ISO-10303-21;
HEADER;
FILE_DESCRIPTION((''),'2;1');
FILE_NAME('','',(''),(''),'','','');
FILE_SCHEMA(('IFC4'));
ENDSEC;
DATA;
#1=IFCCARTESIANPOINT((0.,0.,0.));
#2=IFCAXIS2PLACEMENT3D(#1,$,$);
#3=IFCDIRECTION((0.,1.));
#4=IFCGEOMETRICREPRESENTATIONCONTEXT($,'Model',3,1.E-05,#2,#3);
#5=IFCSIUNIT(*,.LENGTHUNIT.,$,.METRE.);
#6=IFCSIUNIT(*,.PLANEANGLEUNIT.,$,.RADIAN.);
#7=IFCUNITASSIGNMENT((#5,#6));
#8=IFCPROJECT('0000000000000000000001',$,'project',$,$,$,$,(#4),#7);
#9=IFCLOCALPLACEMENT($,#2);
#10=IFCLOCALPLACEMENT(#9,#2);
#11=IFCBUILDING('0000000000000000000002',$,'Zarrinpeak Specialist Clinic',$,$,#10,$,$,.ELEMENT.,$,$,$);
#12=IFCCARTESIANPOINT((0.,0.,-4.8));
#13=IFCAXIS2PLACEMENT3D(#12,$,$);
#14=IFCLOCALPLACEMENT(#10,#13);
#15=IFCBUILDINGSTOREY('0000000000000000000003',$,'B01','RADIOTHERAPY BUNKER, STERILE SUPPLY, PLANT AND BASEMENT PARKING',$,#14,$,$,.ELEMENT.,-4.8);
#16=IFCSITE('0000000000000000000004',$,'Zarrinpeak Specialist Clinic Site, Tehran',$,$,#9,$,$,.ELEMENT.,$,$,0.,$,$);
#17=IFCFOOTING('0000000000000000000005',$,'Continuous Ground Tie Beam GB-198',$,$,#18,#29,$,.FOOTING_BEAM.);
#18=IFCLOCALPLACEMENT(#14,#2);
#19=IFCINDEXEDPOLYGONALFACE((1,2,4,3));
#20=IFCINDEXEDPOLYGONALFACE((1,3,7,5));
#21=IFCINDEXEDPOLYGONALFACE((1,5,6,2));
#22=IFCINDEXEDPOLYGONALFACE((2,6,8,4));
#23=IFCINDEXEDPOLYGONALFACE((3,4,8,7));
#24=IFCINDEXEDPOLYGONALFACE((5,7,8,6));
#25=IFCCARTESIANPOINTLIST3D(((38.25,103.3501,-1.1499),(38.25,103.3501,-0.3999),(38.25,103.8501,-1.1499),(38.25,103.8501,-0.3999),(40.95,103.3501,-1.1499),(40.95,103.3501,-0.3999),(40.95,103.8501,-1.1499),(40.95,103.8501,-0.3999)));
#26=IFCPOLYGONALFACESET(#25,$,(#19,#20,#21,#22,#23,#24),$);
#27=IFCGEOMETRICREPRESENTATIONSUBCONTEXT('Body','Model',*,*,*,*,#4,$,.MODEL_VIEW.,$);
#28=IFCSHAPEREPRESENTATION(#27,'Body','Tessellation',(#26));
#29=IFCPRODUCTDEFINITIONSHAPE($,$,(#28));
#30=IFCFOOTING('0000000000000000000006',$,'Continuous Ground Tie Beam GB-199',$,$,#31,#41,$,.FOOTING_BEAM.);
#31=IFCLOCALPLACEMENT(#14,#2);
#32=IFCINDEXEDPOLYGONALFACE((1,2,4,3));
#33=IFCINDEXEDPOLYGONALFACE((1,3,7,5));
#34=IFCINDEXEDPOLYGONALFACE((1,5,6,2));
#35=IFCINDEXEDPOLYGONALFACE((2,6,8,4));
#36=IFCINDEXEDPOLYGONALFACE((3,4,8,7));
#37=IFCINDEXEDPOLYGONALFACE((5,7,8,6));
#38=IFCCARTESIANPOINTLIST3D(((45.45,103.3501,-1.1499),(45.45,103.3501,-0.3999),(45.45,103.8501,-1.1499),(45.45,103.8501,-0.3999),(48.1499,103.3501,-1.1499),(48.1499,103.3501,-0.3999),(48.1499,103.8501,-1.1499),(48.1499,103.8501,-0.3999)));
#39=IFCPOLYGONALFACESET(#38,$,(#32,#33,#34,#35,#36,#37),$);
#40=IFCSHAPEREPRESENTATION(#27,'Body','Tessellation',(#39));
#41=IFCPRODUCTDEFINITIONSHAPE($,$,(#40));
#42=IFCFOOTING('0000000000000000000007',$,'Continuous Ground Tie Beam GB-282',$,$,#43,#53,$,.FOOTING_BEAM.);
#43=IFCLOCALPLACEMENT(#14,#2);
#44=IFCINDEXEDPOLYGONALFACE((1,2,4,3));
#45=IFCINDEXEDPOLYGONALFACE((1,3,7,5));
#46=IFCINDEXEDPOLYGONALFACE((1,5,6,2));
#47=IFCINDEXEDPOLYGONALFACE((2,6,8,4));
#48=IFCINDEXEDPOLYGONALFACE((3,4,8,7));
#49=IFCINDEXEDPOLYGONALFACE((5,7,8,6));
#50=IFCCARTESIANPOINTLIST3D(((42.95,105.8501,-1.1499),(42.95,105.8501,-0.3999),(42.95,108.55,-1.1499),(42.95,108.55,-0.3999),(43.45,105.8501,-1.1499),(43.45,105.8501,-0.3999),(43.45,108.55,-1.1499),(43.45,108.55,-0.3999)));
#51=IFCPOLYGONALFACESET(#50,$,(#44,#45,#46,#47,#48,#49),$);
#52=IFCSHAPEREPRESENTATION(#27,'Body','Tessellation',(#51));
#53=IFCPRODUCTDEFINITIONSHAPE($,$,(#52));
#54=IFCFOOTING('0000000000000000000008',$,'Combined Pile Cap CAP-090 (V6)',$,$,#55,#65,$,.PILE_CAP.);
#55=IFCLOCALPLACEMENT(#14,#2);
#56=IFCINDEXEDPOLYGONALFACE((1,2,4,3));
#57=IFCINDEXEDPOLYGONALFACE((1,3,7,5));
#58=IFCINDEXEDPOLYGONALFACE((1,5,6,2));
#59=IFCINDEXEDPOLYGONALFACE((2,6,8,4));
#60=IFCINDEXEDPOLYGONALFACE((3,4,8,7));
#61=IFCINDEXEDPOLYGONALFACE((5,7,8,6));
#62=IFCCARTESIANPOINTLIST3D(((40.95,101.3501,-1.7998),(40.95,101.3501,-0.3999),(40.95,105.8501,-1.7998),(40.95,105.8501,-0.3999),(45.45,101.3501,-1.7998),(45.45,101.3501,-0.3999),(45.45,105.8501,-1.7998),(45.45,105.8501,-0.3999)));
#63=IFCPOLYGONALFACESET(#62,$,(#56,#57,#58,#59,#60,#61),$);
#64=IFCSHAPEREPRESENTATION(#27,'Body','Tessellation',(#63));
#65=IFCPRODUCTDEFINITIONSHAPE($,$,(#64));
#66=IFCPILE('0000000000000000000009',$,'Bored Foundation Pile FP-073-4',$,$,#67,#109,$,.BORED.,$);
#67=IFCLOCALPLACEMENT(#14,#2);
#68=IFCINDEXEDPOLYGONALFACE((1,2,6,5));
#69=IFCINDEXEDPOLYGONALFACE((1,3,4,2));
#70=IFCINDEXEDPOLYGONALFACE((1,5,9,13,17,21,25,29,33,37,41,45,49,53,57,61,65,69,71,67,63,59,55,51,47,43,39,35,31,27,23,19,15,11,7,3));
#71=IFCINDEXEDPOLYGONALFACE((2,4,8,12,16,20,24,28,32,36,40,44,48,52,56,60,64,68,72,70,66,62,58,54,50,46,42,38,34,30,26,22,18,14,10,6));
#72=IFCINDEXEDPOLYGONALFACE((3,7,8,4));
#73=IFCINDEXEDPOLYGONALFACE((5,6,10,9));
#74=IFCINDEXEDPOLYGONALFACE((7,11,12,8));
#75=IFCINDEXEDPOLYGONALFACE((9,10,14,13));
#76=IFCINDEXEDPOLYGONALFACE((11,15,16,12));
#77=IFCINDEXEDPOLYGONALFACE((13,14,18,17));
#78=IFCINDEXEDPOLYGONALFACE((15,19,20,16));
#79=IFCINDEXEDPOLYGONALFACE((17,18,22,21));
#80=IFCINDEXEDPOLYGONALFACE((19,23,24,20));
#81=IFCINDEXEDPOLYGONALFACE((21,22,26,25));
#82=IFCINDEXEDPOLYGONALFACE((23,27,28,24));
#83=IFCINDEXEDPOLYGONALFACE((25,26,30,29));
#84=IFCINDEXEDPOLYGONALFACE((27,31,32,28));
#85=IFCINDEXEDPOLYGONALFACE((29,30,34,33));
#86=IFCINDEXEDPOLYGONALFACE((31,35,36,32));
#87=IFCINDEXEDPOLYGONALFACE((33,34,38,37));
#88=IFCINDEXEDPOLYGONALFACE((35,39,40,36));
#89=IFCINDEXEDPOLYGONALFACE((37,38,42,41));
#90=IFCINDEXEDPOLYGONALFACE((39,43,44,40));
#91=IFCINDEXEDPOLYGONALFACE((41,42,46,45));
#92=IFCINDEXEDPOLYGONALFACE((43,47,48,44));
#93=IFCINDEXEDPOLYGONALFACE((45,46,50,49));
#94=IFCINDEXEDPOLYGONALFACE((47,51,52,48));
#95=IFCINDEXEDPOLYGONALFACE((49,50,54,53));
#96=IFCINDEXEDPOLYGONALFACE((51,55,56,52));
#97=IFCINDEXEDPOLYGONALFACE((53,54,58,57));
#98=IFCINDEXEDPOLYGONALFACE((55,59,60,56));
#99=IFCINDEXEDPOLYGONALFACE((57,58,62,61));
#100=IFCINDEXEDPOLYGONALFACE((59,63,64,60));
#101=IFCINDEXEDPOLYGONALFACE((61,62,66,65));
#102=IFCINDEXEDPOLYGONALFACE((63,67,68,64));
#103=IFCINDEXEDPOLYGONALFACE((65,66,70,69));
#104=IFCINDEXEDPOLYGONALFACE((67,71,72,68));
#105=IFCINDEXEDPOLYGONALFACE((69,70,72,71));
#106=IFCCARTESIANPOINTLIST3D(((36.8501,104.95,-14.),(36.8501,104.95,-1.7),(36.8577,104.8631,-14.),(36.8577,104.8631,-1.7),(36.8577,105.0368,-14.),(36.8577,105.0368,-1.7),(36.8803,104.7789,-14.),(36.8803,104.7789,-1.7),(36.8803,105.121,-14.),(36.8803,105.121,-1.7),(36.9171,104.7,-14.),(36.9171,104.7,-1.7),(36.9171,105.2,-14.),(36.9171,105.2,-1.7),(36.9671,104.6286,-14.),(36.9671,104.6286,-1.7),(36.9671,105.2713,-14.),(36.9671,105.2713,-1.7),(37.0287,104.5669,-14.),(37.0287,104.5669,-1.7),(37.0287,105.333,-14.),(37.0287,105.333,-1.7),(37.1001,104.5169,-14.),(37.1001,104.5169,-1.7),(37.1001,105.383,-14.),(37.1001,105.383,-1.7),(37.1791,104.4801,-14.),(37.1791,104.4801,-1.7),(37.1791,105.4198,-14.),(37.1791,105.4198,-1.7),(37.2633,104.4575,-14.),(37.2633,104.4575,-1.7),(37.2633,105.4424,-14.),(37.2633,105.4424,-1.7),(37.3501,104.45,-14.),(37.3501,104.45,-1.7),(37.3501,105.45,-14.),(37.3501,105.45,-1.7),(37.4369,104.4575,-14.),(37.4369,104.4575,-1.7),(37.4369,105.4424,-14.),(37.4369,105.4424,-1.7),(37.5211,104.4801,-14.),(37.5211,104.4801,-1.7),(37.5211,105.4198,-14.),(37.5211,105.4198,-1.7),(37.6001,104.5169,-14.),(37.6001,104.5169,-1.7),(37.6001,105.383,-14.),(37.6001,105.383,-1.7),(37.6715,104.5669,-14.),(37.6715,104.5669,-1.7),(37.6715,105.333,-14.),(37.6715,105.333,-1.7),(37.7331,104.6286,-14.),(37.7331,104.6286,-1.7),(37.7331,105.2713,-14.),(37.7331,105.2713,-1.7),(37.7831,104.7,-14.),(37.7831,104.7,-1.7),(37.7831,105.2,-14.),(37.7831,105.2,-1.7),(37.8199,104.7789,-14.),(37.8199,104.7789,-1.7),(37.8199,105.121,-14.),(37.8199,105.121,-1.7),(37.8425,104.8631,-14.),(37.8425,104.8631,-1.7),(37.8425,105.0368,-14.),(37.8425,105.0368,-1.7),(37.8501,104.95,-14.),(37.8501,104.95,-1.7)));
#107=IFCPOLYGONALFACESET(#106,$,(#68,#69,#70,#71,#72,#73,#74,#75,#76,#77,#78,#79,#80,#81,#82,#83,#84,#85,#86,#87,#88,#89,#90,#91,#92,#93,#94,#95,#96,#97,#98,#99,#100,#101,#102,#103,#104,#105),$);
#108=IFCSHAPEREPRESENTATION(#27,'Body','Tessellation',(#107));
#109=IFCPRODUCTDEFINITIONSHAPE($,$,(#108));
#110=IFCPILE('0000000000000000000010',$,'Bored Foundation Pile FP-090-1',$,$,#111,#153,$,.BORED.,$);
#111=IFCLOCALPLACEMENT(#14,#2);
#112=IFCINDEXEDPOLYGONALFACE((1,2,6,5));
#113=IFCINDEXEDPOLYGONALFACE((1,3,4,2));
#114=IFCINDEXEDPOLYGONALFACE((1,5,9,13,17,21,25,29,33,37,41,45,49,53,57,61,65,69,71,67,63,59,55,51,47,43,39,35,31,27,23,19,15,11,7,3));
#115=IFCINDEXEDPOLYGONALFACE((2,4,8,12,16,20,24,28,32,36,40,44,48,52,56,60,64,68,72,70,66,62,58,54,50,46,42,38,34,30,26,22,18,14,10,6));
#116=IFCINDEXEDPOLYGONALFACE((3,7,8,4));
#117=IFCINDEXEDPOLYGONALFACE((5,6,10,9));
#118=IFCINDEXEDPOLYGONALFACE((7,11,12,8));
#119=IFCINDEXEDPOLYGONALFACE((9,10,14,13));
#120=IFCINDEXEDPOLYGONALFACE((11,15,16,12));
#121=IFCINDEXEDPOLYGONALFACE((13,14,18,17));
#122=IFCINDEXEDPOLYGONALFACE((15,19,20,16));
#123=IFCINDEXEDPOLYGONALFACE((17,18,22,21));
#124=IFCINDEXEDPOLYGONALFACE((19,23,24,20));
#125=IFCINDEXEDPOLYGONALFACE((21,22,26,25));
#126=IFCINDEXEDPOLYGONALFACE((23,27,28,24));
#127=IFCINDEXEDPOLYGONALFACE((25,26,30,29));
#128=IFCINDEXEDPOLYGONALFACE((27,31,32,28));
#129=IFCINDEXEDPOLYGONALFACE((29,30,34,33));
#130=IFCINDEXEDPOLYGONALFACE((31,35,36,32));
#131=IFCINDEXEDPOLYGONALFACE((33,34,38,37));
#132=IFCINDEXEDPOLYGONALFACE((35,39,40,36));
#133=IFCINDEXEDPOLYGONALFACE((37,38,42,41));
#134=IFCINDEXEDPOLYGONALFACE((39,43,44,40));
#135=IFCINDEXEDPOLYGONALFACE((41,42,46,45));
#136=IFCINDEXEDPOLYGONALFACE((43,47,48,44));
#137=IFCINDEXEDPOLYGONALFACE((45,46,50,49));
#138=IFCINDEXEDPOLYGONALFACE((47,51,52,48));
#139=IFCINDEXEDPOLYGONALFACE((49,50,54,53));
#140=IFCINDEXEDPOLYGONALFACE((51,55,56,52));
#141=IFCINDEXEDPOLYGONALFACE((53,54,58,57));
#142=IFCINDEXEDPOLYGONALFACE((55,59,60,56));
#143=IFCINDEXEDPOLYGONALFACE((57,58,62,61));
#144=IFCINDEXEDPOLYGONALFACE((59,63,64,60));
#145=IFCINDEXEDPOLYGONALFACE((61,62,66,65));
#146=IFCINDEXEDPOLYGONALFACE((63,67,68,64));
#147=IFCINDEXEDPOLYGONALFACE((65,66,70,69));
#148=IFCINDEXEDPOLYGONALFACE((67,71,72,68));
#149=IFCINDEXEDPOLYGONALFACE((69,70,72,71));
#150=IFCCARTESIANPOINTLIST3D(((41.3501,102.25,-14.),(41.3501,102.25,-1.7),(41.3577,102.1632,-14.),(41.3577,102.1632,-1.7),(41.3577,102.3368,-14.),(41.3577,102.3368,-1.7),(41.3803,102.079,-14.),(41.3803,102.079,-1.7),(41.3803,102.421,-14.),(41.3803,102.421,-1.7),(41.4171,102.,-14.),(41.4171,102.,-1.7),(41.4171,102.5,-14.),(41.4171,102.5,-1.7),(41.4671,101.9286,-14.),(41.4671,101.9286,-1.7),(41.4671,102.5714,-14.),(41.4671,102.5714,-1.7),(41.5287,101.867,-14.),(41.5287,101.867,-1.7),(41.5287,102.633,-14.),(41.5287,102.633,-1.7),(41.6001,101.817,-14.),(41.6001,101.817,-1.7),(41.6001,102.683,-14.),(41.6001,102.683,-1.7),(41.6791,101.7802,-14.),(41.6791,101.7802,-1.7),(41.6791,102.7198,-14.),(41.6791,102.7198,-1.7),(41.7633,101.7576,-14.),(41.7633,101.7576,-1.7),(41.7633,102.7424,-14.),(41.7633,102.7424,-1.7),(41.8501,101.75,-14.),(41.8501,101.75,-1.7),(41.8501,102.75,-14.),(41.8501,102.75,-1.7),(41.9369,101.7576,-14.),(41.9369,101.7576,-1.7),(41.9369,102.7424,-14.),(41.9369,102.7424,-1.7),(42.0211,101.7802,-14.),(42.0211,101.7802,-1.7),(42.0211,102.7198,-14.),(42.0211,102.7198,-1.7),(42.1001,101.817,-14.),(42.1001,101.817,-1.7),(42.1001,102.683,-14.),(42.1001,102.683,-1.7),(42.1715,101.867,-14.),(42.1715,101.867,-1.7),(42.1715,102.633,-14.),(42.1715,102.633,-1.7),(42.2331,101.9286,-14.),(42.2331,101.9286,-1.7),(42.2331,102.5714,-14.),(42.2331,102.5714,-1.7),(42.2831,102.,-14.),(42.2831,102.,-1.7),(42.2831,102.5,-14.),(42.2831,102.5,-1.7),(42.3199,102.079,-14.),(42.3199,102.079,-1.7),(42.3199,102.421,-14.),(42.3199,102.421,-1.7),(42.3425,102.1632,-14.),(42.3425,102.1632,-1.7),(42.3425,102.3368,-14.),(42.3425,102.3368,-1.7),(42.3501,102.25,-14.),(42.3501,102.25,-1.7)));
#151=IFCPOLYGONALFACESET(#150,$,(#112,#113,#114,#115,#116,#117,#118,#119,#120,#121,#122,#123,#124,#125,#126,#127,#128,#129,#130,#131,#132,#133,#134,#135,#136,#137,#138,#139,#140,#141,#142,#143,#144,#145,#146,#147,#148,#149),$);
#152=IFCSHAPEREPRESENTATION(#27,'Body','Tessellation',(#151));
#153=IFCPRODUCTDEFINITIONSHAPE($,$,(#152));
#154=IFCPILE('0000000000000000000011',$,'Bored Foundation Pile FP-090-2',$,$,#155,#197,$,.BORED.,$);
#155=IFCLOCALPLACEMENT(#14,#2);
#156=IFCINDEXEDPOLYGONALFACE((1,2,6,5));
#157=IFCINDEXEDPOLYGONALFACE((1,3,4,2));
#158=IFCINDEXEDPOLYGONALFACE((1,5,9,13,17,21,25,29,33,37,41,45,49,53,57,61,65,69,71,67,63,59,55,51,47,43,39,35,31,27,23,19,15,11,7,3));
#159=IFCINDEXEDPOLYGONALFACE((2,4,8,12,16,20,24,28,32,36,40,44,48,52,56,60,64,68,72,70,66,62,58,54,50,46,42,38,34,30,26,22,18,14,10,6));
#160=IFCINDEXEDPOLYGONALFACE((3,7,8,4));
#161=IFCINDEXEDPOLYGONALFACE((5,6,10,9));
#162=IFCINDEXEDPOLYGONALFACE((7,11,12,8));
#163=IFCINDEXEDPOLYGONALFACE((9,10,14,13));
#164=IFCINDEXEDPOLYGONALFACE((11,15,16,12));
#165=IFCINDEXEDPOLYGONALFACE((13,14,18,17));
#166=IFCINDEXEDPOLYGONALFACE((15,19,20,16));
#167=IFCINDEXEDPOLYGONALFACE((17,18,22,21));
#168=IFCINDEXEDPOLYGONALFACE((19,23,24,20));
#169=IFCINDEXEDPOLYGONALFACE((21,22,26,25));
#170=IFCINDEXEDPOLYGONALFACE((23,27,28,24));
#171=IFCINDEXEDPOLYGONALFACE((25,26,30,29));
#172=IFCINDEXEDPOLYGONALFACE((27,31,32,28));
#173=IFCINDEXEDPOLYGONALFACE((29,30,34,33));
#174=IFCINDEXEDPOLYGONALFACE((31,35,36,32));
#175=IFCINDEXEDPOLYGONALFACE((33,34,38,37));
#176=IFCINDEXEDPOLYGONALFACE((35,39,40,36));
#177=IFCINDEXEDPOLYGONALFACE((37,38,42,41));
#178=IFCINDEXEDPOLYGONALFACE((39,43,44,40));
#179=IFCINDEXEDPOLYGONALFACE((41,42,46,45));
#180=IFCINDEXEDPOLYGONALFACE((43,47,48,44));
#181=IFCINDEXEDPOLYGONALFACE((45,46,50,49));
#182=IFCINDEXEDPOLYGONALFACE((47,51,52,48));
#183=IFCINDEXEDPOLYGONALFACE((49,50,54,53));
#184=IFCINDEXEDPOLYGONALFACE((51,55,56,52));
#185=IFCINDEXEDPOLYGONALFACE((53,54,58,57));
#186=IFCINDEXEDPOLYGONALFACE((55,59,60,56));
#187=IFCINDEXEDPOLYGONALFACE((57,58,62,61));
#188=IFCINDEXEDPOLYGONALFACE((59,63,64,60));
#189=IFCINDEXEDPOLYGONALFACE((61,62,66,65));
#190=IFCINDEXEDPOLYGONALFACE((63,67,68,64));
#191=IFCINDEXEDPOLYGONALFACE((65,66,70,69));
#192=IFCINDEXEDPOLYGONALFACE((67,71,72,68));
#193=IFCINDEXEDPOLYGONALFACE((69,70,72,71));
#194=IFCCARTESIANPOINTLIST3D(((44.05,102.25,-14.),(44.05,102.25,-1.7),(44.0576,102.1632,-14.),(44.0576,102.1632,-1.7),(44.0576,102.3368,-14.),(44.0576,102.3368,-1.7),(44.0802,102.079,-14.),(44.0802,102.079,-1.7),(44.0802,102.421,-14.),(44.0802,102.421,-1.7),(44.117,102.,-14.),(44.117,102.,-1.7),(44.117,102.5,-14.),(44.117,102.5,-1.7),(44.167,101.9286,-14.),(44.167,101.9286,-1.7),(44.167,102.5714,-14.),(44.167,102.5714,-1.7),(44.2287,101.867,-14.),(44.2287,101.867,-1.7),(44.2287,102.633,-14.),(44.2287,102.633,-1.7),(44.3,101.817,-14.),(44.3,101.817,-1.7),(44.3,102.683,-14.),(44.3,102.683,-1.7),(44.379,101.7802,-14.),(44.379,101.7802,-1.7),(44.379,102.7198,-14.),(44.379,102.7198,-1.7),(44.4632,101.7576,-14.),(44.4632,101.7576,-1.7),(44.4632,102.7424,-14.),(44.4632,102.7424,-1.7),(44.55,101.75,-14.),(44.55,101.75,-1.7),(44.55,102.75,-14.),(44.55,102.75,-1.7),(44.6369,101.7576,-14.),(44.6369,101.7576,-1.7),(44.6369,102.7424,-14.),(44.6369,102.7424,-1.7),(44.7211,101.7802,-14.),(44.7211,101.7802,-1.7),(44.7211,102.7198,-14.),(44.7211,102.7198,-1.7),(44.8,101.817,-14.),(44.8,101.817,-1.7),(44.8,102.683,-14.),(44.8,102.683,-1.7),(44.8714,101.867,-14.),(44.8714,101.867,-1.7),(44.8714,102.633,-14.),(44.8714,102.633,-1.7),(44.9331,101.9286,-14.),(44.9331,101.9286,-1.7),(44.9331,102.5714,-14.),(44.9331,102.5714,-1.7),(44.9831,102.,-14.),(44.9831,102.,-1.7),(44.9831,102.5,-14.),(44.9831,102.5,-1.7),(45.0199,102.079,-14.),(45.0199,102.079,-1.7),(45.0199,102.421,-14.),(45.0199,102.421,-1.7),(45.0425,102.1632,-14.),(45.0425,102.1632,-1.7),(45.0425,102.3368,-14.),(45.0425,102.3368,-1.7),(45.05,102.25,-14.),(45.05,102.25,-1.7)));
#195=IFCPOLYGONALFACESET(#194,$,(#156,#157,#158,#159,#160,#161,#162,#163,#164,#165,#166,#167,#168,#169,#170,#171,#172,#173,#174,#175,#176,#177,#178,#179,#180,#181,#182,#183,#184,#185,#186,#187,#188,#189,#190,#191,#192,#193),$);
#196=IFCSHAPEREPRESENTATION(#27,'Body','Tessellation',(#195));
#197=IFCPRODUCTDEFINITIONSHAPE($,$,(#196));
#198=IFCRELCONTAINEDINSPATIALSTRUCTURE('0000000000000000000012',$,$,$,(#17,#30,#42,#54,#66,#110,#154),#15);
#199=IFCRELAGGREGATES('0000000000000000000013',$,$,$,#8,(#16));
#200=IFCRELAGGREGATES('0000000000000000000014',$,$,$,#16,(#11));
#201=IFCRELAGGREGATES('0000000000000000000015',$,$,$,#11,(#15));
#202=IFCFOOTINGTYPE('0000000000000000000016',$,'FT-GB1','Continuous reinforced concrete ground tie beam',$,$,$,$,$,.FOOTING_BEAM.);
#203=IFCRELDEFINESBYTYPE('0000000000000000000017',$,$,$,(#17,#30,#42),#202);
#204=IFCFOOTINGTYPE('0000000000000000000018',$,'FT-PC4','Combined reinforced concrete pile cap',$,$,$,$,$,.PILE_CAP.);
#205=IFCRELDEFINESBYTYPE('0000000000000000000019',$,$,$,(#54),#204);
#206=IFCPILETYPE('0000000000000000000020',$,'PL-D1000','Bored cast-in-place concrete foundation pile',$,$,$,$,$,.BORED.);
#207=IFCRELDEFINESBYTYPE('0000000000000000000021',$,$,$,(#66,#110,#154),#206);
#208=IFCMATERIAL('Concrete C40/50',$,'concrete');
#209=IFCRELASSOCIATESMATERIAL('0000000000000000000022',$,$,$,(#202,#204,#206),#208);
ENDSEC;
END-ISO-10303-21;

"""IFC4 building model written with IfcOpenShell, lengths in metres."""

from ifc_helpers import new_model, si_unit, direction, frame, origin, origin_2d, place, context, subcontext, project, spatial, rectangle, circle, extrude, material, material_profile, profile_set, type_object, element, save


model = new_model("IFC4")

# Units and contexts
model_context = context("Model", 3, precision=1e-05, world=origin(), true_north=direction((0.0, 1.0)))
body_context = subcontext(model_context, "Body", "Model", "MODEL_VIEW")
ifc_project = project(units=[si_unit("LENGTHUNIT", "METRE"), si_unit("PLANEANGLEUNIT", "RADIAN")], contexts=[model_context])

# Site, building, storey
site_placement = place(None, origin())
site = spatial("IfcSite", under=ifc_project, at=site_placement, Name="Zarrinpeak Specialist Clinic Site, Tehran", CompositionType="ELEMENT", RefElevation=0.0)
building_placement = place(site_placement, origin())
building = spatial("IfcBuilding", under=site, at=building_placement, Name="Zarrinpeak Specialist Clinic", CompositionType="ELEMENT")
storey_placement = place(building_placement, frame((0.0, 0.0, -4.8)))
storey = spatial("IfcBuildingStorey", under=building, at=storey_placement, Name="B01", Description="RADIOTHERAPY BUNKER, STERILE SUPPLY, PLANT AND BASEMENT PARKING", CompositionType="ELEMENT", Elevation=-4.8)

# Footings
ifc_material_1 = material(Name="Concrete C40/50", Category="concrete")
ifc_material_profile_1 = material_profile(ifc_material_1, rectangle(XDim=0.5, YDim=0.75, at=origin_2d()), Name="RC 500x750")
ifc_profile_set_1 = profile_set([ifc_material_profile_1], Name="Concrete C40/50")
footing_type_1 = type_object("IfcFootingType", Name="FT-GB1", Description="Continuous reinforced concrete ground tie beam", PredefinedType="FOOTING_BEAM", material=ifc_profile_set_1)
for number, where, z_axis, x_axis, name in (
    (1, (38.25, 103.6001, -0.7749), (1.0, 0.0, 0.0), (0.0, 1.0, 0.0), "Continuous Ground Tie Beam GB-198"),
    (2, (45.45, 103.6001, -0.7749), (1.0, 0.0, 0.0), (0.0, 1.0, 0.0), "Continuous Ground Tie Beam GB-199"),
    (3, (43.2, 105.8501, -0.7749), (0.0, 1.0, 0.0), (-1.0, 0.0, 0.0), "Continuous Ground Tie Beam GB-282"),
):
    element("IfcFooting", number, at=place(storey_placement, frame(where, z_axis=z_axis, x_axis=x_axis)), inside=storey, type_object=footing_type_1, Name=name, PredefinedType="FOOTING_BEAM", context=body_context, shape_type="SweptSolid", body=[
        extrude(rectangle(XDim=0.5, YDim=0.75, at=origin_2d()), origin(), (0.0, 0.0, 1.0), 2.7),
    ])
footing_type_2 = type_object("IfcFootingType", Name="FT-PC4", Description="Combined reinforced concrete pile cap", PredefinedType="PILE_CAP", material=ifc_material_1)
footing_placement = place(storey_placement, frame((43.2, 103.6001, -1.7998), z_axis=(0.0, 0.0, 1.0), x_axis=(1.0, 0.0, 0.0)))
element("IfcFooting", 4, at=footing_placement, inside=storey, type_object=footing_type_2, Name="Combined Pile Cap CAP-090 (V6)", PredefinedType="PILE_CAP", context=body_context, shape_type="SweptSolid", body=[
    extrude(rectangle(XDim=4.5, YDim=4.5, at=origin_2d()), origin(), (0.0, 0.0, 1.0), 1.3999),
])

# Piles
ifc_material_profile_2 = material_profile(ifc_material_1, circle(Radius=0.5, at=origin_2d()), Name="BORED PILE D1000")
ifc_profile_set_2 = profile_set([ifc_material_profile_2], Name="Concrete C40/50")
pile_type = type_object("IfcPileType", Name="PL-D1000", Description="Bored cast-in-place concrete foundation pile", PredefinedType="BORED", material=ifc_profile_set_2)
for number, where, z_axis, x_axis, name in (
    (5, (37.3501, 104.95, -1.7), (0.0, 0.0, -1.0), (1.0, 0.0, 0.0), "Bored Foundation Pile FP-073-4"),
    (6, (41.8501, 102.25, -1.7), (0.0, 0.0, -1.0), (1.0, 0.0, 0.0), "Bored Foundation Pile FP-090-1"),
    (7, (44.55, 102.25, -1.7), (0.0, 0.0, -1.0), (1.0, 0.0, 0.0), "Bored Foundation Pile FP-090-2"),
):
    element("IfcPile", number, at=place(storey_placement, frame(where, z_axis=z_axis, x_axis=x_axis)), inside=storey, type_object=pile_type, Name=name, PredefinedType="BORED", context=body_context, shape_type="SweptSolid", body=[
        extrude(circle(Radius=0.5, at=origin_2d()), origin(), (0.0, 0.0, 1.0), 12.3),
    ])

save(model, "model.ifc")
